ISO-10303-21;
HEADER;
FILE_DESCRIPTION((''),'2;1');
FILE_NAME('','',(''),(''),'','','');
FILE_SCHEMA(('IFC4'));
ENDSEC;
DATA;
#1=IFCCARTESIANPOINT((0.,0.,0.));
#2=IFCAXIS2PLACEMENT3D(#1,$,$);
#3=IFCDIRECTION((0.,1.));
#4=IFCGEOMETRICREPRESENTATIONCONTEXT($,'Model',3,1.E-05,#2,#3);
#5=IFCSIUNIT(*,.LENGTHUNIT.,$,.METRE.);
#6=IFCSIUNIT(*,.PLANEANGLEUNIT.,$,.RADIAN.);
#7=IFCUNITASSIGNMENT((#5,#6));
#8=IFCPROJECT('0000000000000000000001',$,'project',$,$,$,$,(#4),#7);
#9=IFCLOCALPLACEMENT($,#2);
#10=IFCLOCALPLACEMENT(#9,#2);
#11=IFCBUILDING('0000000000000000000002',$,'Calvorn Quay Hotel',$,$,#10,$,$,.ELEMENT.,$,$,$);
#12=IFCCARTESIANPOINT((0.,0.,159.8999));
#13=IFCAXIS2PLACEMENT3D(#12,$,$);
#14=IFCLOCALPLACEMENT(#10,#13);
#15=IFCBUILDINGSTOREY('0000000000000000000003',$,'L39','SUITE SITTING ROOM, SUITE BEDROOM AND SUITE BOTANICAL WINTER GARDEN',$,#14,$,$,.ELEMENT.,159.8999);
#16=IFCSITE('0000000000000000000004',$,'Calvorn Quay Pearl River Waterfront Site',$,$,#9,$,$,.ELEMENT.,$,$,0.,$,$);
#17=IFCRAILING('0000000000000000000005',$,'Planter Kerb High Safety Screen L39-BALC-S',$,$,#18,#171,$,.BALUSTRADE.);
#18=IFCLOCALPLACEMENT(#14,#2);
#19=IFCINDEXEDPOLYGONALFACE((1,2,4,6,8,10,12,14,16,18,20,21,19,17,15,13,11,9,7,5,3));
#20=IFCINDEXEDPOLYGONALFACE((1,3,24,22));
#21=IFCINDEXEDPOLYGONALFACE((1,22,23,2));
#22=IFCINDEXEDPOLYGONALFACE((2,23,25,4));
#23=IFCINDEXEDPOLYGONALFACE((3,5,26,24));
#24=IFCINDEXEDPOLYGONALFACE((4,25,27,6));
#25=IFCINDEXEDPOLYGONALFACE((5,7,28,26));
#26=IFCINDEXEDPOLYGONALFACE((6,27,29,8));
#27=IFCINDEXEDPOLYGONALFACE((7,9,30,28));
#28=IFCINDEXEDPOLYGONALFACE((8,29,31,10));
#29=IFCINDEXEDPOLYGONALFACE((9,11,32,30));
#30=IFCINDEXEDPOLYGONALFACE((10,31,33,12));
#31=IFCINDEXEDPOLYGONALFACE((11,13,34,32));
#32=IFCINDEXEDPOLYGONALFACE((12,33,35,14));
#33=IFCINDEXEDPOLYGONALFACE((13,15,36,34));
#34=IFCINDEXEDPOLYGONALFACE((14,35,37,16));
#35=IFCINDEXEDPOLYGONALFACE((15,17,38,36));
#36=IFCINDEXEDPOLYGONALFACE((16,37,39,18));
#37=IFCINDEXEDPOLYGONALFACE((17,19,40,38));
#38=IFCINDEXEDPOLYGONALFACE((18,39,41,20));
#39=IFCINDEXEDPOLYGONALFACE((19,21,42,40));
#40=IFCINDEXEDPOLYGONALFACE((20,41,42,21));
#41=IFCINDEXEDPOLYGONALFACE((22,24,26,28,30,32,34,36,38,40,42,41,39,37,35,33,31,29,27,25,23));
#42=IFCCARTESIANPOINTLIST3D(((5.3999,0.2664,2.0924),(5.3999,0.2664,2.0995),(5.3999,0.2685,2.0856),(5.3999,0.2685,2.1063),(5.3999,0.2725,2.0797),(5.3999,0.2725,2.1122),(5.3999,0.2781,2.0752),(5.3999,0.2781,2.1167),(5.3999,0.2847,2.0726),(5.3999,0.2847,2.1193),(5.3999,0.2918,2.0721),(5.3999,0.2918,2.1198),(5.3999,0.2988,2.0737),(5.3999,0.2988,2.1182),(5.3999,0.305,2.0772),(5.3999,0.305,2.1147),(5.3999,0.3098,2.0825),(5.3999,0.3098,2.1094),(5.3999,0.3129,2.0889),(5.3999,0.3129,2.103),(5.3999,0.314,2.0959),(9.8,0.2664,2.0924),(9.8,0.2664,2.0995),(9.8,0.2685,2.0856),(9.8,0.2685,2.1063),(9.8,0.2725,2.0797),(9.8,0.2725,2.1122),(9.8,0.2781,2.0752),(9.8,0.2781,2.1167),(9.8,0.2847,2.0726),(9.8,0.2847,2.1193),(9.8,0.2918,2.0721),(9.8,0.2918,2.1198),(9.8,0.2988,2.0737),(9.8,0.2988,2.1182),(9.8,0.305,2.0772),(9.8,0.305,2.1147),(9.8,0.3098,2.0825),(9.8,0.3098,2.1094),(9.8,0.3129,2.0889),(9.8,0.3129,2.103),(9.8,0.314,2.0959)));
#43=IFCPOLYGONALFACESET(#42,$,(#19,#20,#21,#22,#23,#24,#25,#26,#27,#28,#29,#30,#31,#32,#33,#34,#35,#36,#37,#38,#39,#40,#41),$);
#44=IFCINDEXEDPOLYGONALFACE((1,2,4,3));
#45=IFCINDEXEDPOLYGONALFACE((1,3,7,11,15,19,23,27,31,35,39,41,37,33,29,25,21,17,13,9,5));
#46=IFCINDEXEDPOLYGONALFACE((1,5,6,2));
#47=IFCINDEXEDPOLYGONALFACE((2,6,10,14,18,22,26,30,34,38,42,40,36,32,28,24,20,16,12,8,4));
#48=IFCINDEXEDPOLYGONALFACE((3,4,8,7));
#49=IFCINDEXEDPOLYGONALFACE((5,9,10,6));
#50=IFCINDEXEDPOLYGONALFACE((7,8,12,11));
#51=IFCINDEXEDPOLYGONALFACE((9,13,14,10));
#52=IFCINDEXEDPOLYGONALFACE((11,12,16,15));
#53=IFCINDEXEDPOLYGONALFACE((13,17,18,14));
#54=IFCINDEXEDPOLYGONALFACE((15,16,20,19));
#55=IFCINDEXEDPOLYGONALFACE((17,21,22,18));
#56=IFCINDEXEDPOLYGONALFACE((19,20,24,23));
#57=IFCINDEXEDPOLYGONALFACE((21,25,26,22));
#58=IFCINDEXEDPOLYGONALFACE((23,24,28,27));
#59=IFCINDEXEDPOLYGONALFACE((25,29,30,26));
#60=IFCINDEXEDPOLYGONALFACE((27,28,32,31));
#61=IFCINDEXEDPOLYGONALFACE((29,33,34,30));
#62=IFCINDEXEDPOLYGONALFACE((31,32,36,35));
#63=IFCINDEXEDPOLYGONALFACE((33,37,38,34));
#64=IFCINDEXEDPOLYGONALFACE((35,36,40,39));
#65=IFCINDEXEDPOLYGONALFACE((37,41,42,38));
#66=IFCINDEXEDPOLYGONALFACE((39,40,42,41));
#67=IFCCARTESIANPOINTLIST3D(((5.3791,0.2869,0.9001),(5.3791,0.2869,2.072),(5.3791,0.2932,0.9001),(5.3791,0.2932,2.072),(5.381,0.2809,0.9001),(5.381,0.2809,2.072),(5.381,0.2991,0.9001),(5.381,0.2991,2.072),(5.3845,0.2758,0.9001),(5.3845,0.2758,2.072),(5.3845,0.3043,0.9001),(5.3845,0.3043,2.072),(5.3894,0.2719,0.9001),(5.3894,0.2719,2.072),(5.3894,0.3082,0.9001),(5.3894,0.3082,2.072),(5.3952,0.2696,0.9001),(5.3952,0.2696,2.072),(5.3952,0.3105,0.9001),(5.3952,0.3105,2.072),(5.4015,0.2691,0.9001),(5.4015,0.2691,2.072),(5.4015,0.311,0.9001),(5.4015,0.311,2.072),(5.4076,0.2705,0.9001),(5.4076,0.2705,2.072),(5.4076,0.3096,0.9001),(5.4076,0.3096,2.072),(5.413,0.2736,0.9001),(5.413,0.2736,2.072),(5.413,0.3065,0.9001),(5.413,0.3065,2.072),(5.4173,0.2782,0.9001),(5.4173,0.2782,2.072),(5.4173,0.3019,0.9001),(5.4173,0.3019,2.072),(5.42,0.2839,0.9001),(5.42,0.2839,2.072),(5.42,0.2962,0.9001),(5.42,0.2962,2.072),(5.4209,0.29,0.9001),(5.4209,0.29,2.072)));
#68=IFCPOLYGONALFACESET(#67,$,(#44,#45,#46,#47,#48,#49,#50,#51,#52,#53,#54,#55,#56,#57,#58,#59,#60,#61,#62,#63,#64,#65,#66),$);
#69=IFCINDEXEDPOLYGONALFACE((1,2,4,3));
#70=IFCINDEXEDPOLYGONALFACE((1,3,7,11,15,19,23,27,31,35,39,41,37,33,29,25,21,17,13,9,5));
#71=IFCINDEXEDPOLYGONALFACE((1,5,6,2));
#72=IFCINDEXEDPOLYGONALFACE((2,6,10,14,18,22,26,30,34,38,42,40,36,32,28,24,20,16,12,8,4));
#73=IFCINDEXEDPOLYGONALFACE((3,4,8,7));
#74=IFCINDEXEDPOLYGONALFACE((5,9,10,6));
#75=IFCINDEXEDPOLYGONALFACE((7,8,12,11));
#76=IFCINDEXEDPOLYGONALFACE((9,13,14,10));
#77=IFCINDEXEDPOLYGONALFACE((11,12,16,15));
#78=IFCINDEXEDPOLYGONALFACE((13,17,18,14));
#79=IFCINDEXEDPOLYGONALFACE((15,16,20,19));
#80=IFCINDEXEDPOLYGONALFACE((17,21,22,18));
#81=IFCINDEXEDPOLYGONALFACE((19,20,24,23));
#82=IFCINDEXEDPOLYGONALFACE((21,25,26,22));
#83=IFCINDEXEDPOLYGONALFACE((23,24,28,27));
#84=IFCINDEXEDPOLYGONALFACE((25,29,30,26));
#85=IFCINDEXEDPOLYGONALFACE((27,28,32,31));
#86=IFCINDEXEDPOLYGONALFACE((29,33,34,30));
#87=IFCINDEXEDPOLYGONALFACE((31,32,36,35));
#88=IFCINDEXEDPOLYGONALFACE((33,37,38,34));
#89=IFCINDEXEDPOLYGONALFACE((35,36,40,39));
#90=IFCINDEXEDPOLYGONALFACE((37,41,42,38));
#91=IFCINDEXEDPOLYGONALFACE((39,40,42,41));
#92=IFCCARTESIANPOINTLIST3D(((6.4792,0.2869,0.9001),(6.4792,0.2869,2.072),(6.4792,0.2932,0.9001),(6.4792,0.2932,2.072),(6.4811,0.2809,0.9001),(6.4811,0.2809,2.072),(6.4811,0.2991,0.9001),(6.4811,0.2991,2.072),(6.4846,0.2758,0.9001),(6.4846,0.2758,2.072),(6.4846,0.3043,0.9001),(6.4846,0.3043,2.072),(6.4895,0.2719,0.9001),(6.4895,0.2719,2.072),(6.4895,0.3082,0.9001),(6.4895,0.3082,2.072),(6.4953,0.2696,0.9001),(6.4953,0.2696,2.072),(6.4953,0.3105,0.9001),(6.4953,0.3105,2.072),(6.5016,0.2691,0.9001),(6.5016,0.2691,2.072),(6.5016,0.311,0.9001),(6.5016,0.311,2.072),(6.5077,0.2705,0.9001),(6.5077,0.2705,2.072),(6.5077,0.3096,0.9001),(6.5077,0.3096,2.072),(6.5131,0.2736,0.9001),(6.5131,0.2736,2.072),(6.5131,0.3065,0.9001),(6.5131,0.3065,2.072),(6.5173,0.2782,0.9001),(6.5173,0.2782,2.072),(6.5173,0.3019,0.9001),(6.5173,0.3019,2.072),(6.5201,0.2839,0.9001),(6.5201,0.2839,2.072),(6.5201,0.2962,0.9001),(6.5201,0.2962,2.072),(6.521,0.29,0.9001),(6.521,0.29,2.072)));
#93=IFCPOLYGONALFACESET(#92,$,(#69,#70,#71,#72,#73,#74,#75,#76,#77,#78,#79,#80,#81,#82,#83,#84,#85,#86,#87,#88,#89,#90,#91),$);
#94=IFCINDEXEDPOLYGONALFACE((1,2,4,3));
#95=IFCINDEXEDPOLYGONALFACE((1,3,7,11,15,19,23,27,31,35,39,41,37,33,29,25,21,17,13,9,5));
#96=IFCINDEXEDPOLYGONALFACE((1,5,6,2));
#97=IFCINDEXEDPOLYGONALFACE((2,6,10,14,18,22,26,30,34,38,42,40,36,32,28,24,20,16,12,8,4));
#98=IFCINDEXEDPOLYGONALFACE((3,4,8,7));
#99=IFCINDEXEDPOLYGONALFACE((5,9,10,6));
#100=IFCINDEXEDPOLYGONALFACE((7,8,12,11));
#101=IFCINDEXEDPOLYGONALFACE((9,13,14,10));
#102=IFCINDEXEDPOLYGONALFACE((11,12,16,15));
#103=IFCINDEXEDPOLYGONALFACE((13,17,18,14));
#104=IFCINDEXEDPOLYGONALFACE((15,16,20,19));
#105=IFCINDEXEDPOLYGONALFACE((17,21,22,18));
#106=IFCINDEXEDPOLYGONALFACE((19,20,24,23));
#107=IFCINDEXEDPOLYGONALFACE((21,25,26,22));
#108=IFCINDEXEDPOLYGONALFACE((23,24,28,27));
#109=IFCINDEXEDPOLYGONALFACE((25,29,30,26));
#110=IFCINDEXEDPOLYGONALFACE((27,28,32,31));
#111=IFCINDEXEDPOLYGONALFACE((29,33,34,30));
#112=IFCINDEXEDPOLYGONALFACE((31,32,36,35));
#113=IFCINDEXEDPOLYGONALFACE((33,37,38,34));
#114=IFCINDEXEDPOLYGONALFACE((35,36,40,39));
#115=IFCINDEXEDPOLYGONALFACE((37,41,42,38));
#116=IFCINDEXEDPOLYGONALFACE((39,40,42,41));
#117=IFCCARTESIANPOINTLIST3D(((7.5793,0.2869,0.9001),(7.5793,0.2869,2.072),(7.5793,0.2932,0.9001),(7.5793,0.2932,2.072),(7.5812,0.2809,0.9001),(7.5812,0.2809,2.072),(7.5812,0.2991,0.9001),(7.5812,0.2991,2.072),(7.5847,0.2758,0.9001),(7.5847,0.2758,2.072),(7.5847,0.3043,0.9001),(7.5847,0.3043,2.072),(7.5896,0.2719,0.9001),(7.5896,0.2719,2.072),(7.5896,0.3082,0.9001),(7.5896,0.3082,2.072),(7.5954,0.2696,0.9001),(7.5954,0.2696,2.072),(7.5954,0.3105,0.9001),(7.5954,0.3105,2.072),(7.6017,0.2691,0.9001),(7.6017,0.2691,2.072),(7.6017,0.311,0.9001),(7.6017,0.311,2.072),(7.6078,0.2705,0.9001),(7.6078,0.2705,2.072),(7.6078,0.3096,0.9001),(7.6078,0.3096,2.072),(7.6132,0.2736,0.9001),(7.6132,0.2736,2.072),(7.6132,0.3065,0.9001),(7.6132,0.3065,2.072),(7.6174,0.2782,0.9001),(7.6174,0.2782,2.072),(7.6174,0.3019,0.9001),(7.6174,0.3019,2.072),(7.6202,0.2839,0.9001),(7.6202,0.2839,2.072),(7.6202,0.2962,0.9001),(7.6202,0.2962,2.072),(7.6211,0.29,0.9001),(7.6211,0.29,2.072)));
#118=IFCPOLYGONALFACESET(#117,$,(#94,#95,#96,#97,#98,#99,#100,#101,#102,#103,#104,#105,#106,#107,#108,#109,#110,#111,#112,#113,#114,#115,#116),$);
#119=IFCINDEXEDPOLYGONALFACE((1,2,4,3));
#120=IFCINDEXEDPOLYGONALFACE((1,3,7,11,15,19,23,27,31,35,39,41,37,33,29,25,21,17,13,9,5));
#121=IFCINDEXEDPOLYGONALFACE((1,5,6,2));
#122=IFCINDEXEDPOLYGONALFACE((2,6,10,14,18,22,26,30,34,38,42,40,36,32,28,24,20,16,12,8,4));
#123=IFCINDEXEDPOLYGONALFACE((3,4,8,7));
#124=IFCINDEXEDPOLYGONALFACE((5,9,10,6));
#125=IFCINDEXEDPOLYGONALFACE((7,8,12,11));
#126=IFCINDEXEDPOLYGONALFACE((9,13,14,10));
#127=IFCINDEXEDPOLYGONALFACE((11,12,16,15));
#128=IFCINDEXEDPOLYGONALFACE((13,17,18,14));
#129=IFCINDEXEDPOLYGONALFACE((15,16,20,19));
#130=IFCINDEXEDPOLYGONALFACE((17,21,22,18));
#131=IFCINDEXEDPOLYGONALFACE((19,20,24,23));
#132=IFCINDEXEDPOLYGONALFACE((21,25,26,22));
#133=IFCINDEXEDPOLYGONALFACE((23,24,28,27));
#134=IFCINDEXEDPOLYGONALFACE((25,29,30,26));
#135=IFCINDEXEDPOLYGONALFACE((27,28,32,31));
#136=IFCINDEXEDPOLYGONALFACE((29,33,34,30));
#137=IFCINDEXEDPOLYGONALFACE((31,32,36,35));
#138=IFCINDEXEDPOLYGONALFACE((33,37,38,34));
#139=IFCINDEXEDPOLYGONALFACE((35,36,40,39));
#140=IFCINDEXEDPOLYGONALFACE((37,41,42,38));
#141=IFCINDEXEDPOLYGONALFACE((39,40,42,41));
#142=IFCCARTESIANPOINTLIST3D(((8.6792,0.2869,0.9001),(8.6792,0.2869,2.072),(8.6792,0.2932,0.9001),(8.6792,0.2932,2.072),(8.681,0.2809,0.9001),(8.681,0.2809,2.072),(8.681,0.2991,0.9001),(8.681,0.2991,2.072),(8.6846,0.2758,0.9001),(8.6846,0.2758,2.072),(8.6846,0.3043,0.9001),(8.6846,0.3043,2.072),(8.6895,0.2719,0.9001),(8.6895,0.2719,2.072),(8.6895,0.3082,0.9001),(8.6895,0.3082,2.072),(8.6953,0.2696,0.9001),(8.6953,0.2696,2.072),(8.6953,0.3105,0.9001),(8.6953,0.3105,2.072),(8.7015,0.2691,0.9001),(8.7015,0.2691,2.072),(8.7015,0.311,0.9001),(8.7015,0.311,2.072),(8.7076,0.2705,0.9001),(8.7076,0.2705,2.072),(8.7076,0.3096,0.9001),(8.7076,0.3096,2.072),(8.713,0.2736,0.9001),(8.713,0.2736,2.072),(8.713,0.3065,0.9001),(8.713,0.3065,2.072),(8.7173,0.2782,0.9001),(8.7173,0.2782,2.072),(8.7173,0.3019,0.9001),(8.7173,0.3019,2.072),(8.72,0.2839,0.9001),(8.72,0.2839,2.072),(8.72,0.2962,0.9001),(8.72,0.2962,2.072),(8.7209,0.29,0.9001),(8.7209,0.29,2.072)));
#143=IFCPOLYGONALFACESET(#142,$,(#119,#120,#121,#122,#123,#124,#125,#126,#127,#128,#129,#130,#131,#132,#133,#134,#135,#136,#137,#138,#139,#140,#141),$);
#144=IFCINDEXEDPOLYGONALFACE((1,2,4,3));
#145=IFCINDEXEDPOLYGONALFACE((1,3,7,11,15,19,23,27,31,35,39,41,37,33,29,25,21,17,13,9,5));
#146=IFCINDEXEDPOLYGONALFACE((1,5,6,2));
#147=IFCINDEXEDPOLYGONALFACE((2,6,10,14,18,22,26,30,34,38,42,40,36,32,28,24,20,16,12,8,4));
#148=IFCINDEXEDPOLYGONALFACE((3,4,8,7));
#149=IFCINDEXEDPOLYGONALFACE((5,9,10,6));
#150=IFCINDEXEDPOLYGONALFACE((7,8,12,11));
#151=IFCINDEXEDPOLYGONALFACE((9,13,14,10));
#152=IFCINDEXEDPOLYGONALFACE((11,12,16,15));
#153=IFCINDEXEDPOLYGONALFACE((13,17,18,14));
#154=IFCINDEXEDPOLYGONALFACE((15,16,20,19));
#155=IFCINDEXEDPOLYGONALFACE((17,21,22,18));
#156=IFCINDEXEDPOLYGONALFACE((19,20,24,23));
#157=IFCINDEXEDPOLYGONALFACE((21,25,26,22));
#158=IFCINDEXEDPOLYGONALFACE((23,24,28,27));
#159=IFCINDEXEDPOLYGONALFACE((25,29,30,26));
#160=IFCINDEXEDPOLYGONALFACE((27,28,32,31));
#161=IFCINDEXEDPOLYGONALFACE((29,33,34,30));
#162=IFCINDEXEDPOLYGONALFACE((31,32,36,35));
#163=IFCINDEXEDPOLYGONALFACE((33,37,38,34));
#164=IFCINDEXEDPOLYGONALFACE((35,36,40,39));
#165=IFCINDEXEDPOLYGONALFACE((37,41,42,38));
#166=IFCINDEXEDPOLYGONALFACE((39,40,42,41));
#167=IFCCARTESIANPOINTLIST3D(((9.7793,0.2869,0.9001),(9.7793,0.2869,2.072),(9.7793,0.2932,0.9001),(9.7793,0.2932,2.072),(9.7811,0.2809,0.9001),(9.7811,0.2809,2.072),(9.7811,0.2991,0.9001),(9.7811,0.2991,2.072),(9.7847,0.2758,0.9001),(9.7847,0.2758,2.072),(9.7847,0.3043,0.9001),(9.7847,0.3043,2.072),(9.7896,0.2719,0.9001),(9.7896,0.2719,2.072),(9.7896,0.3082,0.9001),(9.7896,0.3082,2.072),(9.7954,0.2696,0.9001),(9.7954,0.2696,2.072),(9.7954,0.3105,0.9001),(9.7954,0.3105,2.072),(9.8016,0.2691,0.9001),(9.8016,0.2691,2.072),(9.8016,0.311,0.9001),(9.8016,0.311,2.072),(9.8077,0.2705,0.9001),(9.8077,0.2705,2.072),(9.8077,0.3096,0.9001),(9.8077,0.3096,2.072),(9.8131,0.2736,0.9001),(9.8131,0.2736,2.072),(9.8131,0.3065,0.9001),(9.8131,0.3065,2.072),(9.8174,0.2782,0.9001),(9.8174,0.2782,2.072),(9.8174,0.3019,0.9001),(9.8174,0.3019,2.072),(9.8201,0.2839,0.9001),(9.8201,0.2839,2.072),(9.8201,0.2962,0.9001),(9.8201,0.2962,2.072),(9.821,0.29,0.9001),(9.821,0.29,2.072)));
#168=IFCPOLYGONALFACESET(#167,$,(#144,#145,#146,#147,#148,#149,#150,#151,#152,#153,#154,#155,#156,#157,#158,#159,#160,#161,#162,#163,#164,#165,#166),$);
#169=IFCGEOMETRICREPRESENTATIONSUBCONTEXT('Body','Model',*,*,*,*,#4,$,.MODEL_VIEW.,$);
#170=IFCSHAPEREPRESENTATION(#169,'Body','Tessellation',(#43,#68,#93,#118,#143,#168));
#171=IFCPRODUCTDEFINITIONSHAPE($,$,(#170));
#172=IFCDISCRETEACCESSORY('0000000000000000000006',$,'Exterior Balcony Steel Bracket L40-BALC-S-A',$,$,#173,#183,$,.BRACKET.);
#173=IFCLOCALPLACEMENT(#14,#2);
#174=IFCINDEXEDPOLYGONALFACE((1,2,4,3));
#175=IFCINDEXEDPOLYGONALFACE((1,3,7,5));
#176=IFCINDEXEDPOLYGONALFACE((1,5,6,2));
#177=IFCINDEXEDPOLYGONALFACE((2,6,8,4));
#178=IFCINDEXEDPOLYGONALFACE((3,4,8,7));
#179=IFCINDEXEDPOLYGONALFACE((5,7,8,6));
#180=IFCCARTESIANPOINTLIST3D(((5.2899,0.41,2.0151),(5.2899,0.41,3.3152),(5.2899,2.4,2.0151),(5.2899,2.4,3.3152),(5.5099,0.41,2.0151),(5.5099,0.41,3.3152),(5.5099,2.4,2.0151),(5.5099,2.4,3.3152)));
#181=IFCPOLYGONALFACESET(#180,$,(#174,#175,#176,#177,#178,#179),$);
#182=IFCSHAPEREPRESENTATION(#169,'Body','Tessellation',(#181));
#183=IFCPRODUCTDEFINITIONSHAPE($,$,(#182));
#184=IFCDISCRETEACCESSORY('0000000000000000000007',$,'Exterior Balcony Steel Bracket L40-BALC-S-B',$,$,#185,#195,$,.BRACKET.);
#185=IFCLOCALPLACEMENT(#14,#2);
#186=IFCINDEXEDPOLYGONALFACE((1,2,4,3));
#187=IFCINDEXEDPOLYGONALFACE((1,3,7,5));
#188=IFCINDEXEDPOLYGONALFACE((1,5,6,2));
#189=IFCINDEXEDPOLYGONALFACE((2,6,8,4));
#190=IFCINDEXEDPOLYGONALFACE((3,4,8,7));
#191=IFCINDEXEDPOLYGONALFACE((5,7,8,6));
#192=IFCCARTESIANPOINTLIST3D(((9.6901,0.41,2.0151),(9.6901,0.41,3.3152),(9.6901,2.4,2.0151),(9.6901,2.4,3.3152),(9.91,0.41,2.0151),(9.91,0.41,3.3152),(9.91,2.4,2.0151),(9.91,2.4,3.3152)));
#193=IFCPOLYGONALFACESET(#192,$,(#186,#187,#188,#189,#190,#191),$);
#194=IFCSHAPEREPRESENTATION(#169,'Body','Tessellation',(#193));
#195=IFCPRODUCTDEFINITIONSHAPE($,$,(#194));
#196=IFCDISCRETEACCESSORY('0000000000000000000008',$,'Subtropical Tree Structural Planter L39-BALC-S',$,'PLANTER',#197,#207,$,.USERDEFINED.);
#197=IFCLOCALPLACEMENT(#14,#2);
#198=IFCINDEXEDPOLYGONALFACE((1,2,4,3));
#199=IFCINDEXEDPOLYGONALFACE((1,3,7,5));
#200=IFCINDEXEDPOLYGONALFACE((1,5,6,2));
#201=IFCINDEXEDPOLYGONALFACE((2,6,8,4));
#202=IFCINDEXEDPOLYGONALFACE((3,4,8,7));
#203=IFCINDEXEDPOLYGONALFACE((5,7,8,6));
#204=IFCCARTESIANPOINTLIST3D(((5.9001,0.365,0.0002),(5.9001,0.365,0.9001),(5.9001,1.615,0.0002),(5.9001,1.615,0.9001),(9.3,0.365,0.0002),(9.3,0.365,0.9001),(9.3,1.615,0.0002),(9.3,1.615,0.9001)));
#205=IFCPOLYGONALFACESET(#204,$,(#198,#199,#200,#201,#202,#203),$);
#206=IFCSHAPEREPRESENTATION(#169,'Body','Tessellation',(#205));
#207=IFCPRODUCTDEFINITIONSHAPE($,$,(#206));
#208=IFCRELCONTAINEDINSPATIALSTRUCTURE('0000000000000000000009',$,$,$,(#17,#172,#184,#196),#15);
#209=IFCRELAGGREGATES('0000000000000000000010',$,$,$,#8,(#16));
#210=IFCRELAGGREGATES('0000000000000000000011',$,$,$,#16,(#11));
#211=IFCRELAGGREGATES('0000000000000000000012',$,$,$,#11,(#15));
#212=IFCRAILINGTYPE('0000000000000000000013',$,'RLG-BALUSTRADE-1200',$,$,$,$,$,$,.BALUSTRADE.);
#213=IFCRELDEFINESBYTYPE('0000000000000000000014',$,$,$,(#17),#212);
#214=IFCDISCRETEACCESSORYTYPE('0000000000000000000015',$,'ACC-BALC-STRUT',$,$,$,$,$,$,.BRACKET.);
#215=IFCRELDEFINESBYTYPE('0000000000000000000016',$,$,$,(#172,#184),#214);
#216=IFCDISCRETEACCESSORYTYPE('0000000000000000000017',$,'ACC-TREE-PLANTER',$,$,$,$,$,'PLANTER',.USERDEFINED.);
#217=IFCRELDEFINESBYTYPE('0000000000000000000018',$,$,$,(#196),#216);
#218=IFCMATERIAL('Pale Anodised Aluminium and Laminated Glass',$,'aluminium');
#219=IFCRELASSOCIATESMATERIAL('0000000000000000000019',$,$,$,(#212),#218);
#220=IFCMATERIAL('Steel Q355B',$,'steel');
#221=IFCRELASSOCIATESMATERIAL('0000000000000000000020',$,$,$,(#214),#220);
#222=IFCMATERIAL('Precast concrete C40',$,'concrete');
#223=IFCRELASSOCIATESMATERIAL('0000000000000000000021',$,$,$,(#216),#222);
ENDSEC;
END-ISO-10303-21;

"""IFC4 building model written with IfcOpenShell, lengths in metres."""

from ifc_helpers import new_model, si_unit, direction, frame, origin, origin_2d, place, context, subcontext, project, spatial, rectangle, circle, extrude, material, type_object, element, save


model = new_model("IFC4")

# Units and contexts
model_context = context("Model", 3, precision=1e-05, world=origin(), true_north=direction((0.0, 1.0)))
body_context = subcontext(model_context, "Body", "Model", "MODEL_VIEW")
ifc_project = project(units=[si_unit("LENGTHUNIT", "METRE"), si_unit("PLANEANGLEUNIT", "RADIAN")], contexts=[model_context])

# Site, building, storey
site_placement = place(None, origin())
site = spatial("IfcSite", under=ifc_project, at=site_placement, Name="Calvorn Quay Pearl River Waterfront Site", CompositionType="ELEMENT", RefElevation=0.0)
building_placement = place(site_placement, origin())
building = spatial("IfcBuilding", under=site, at=building_placement, Name="Calvorn Quay Hotel", CompositionType="ELEMENT")
storey_placement = place(building_placement, frame((0.0, 0.0, 159.8999)))
storey = spatial("IfcBuildingStorey", under=building, at=storey_placement, Name="L39", Description="SUITE SITTING ROOM, SUITE BEDROOM AND SUITE BOTANICAL WINTER GARDEN", CompositionType="ELEMENT", Elevation=159.8999)

# Railing
ifc_material_1 = material(Name="Pale Anodised Aluminium and Laminated Glass", Category="aluminium")
railing_type = type_object("IfcRailingType", Name="RLG-BALUSTRADE-1200", PredefinedType="BALUSTRADE", material=ifc_material_1)
railing_1_placement = place(storey_placement, frame((5.3999, 0.29, 0.9001)))
element("IfcRailing", 1, at=railing_1_placement, inside=storey, type_object=railing_type, Name="Planter Kerb High Safety Screen L39-BALC-S", PredefinedType="BALUSTRADE", context=body_context, shape_type="SweptSolid", body=[
    extrude(circle(Radius=0.0239, at=origin_2d()), frame((0.0, 0.0, 1.1958), z_axis=(1.0, 0.0, 0.0), x_axis=(0.0, 1.0, 0.0)), (0.0, 0.0, 1.0), 4.4001),
    extrude(circle(Radius=0.021, at=origin_2d()), origin(), (0.0, 0.0, 1.0), 1.1719),
    extrude(circle(Radius=0.021, at=origin_2d()), frame((1.1001, 0.0, 0.0)), (0.0, 0.0, 1.0), 1.1719),
    extrude(circle(Radius=0.021, at=origin_2d()), frame((2.2002, 0.0, 0.0)), (0.0, 0.0, 1.0), 1.1719),
    extrude(circle(Radius=0.021, at=origin_2d()), frame((3.3, 0.0, 0.0)), (0.0, 0.0, 1.0), 1.1719),
    extrude(circle(Radius=0.021, at=origin_2d()), frame((4.4001, 0.0, 0.0)), (0.0, 0.0, 1.0), 1.1719),
])

# Discrete accessories
ifc_material_2 = material(Name="Steel Q355B", Category="steel")
discrete_accessory_type_1 = type_object("IfcDiscreteAccessoryType", Name="ACC-BALC-STRUT", PredefinedType="BRACKET", material=ifc_material_2)
for number, where, z_axis, x_axis, name in (
    (2, (5.3999, 1.405, 2.0151), (0.0, 0.0, 1.0), (1.0, 0.0, 0.0), "Exterior Balcony Steel Bracket L40-BALC-S-A"),
    (3, (9.8, 1.405, 2.0151), (0.0, 0.0, 1.0), (1.0, 0.0, 0.0), "Exterior Balcony Steel Bracket L40-BALC-S-B"),
):
    element("IfcDiscreteAccessory", number, at=place(storey_placement, frame(where, z_axis=z_axis, x_axis=x_axis)), inside=storey, type_object=discrete_accessory_type_1, Name=name, PredefinedType="BRACKET", context=body_context, shape_type="SweptSolid", body=[
        extrude(rectangle(XDim=0.22, YDim=1.99, at=origin_2d()), origin(), (0.0, 0.0, 1.0), 1.3),
    ])
ifc_material_3 = material(Name="Precast concrete C40", Category="concrete")
discrete_accessory_type_2 = type_object("IfcDiscreteAccessoryType", Name="ACC-TREE-PLANTER", ElementType="PLANTER", PredefinedType="USERDEFINED", material=ifc_material_3)
discrete_accessory_placement = place(storey_placement, frame((7.6001, 0.99, 0.0002), z_axis=(0.0, 0.0, 1.0), x_axis=(1.0, 0.0, 0.0)))
element("IfcDiscreteAccessory", 4, at=discrete_accessory_placement, inside=storey, type_object=discrete_accessory_type_2, Name="Subtropical Tree Structural Planter L39-BALC-S", ObjectType="PLANTER", PredefinedType="USERDEFINED", context=body_context, shape_type="SweptSolid", body=[
    extrude(rectangle(XDim=3.3999, YDim=1.25, at=origin_2d()), origin(), (0.0, 0.0, 1.0), 0.8999),
])

save(model, "model.ifc")
